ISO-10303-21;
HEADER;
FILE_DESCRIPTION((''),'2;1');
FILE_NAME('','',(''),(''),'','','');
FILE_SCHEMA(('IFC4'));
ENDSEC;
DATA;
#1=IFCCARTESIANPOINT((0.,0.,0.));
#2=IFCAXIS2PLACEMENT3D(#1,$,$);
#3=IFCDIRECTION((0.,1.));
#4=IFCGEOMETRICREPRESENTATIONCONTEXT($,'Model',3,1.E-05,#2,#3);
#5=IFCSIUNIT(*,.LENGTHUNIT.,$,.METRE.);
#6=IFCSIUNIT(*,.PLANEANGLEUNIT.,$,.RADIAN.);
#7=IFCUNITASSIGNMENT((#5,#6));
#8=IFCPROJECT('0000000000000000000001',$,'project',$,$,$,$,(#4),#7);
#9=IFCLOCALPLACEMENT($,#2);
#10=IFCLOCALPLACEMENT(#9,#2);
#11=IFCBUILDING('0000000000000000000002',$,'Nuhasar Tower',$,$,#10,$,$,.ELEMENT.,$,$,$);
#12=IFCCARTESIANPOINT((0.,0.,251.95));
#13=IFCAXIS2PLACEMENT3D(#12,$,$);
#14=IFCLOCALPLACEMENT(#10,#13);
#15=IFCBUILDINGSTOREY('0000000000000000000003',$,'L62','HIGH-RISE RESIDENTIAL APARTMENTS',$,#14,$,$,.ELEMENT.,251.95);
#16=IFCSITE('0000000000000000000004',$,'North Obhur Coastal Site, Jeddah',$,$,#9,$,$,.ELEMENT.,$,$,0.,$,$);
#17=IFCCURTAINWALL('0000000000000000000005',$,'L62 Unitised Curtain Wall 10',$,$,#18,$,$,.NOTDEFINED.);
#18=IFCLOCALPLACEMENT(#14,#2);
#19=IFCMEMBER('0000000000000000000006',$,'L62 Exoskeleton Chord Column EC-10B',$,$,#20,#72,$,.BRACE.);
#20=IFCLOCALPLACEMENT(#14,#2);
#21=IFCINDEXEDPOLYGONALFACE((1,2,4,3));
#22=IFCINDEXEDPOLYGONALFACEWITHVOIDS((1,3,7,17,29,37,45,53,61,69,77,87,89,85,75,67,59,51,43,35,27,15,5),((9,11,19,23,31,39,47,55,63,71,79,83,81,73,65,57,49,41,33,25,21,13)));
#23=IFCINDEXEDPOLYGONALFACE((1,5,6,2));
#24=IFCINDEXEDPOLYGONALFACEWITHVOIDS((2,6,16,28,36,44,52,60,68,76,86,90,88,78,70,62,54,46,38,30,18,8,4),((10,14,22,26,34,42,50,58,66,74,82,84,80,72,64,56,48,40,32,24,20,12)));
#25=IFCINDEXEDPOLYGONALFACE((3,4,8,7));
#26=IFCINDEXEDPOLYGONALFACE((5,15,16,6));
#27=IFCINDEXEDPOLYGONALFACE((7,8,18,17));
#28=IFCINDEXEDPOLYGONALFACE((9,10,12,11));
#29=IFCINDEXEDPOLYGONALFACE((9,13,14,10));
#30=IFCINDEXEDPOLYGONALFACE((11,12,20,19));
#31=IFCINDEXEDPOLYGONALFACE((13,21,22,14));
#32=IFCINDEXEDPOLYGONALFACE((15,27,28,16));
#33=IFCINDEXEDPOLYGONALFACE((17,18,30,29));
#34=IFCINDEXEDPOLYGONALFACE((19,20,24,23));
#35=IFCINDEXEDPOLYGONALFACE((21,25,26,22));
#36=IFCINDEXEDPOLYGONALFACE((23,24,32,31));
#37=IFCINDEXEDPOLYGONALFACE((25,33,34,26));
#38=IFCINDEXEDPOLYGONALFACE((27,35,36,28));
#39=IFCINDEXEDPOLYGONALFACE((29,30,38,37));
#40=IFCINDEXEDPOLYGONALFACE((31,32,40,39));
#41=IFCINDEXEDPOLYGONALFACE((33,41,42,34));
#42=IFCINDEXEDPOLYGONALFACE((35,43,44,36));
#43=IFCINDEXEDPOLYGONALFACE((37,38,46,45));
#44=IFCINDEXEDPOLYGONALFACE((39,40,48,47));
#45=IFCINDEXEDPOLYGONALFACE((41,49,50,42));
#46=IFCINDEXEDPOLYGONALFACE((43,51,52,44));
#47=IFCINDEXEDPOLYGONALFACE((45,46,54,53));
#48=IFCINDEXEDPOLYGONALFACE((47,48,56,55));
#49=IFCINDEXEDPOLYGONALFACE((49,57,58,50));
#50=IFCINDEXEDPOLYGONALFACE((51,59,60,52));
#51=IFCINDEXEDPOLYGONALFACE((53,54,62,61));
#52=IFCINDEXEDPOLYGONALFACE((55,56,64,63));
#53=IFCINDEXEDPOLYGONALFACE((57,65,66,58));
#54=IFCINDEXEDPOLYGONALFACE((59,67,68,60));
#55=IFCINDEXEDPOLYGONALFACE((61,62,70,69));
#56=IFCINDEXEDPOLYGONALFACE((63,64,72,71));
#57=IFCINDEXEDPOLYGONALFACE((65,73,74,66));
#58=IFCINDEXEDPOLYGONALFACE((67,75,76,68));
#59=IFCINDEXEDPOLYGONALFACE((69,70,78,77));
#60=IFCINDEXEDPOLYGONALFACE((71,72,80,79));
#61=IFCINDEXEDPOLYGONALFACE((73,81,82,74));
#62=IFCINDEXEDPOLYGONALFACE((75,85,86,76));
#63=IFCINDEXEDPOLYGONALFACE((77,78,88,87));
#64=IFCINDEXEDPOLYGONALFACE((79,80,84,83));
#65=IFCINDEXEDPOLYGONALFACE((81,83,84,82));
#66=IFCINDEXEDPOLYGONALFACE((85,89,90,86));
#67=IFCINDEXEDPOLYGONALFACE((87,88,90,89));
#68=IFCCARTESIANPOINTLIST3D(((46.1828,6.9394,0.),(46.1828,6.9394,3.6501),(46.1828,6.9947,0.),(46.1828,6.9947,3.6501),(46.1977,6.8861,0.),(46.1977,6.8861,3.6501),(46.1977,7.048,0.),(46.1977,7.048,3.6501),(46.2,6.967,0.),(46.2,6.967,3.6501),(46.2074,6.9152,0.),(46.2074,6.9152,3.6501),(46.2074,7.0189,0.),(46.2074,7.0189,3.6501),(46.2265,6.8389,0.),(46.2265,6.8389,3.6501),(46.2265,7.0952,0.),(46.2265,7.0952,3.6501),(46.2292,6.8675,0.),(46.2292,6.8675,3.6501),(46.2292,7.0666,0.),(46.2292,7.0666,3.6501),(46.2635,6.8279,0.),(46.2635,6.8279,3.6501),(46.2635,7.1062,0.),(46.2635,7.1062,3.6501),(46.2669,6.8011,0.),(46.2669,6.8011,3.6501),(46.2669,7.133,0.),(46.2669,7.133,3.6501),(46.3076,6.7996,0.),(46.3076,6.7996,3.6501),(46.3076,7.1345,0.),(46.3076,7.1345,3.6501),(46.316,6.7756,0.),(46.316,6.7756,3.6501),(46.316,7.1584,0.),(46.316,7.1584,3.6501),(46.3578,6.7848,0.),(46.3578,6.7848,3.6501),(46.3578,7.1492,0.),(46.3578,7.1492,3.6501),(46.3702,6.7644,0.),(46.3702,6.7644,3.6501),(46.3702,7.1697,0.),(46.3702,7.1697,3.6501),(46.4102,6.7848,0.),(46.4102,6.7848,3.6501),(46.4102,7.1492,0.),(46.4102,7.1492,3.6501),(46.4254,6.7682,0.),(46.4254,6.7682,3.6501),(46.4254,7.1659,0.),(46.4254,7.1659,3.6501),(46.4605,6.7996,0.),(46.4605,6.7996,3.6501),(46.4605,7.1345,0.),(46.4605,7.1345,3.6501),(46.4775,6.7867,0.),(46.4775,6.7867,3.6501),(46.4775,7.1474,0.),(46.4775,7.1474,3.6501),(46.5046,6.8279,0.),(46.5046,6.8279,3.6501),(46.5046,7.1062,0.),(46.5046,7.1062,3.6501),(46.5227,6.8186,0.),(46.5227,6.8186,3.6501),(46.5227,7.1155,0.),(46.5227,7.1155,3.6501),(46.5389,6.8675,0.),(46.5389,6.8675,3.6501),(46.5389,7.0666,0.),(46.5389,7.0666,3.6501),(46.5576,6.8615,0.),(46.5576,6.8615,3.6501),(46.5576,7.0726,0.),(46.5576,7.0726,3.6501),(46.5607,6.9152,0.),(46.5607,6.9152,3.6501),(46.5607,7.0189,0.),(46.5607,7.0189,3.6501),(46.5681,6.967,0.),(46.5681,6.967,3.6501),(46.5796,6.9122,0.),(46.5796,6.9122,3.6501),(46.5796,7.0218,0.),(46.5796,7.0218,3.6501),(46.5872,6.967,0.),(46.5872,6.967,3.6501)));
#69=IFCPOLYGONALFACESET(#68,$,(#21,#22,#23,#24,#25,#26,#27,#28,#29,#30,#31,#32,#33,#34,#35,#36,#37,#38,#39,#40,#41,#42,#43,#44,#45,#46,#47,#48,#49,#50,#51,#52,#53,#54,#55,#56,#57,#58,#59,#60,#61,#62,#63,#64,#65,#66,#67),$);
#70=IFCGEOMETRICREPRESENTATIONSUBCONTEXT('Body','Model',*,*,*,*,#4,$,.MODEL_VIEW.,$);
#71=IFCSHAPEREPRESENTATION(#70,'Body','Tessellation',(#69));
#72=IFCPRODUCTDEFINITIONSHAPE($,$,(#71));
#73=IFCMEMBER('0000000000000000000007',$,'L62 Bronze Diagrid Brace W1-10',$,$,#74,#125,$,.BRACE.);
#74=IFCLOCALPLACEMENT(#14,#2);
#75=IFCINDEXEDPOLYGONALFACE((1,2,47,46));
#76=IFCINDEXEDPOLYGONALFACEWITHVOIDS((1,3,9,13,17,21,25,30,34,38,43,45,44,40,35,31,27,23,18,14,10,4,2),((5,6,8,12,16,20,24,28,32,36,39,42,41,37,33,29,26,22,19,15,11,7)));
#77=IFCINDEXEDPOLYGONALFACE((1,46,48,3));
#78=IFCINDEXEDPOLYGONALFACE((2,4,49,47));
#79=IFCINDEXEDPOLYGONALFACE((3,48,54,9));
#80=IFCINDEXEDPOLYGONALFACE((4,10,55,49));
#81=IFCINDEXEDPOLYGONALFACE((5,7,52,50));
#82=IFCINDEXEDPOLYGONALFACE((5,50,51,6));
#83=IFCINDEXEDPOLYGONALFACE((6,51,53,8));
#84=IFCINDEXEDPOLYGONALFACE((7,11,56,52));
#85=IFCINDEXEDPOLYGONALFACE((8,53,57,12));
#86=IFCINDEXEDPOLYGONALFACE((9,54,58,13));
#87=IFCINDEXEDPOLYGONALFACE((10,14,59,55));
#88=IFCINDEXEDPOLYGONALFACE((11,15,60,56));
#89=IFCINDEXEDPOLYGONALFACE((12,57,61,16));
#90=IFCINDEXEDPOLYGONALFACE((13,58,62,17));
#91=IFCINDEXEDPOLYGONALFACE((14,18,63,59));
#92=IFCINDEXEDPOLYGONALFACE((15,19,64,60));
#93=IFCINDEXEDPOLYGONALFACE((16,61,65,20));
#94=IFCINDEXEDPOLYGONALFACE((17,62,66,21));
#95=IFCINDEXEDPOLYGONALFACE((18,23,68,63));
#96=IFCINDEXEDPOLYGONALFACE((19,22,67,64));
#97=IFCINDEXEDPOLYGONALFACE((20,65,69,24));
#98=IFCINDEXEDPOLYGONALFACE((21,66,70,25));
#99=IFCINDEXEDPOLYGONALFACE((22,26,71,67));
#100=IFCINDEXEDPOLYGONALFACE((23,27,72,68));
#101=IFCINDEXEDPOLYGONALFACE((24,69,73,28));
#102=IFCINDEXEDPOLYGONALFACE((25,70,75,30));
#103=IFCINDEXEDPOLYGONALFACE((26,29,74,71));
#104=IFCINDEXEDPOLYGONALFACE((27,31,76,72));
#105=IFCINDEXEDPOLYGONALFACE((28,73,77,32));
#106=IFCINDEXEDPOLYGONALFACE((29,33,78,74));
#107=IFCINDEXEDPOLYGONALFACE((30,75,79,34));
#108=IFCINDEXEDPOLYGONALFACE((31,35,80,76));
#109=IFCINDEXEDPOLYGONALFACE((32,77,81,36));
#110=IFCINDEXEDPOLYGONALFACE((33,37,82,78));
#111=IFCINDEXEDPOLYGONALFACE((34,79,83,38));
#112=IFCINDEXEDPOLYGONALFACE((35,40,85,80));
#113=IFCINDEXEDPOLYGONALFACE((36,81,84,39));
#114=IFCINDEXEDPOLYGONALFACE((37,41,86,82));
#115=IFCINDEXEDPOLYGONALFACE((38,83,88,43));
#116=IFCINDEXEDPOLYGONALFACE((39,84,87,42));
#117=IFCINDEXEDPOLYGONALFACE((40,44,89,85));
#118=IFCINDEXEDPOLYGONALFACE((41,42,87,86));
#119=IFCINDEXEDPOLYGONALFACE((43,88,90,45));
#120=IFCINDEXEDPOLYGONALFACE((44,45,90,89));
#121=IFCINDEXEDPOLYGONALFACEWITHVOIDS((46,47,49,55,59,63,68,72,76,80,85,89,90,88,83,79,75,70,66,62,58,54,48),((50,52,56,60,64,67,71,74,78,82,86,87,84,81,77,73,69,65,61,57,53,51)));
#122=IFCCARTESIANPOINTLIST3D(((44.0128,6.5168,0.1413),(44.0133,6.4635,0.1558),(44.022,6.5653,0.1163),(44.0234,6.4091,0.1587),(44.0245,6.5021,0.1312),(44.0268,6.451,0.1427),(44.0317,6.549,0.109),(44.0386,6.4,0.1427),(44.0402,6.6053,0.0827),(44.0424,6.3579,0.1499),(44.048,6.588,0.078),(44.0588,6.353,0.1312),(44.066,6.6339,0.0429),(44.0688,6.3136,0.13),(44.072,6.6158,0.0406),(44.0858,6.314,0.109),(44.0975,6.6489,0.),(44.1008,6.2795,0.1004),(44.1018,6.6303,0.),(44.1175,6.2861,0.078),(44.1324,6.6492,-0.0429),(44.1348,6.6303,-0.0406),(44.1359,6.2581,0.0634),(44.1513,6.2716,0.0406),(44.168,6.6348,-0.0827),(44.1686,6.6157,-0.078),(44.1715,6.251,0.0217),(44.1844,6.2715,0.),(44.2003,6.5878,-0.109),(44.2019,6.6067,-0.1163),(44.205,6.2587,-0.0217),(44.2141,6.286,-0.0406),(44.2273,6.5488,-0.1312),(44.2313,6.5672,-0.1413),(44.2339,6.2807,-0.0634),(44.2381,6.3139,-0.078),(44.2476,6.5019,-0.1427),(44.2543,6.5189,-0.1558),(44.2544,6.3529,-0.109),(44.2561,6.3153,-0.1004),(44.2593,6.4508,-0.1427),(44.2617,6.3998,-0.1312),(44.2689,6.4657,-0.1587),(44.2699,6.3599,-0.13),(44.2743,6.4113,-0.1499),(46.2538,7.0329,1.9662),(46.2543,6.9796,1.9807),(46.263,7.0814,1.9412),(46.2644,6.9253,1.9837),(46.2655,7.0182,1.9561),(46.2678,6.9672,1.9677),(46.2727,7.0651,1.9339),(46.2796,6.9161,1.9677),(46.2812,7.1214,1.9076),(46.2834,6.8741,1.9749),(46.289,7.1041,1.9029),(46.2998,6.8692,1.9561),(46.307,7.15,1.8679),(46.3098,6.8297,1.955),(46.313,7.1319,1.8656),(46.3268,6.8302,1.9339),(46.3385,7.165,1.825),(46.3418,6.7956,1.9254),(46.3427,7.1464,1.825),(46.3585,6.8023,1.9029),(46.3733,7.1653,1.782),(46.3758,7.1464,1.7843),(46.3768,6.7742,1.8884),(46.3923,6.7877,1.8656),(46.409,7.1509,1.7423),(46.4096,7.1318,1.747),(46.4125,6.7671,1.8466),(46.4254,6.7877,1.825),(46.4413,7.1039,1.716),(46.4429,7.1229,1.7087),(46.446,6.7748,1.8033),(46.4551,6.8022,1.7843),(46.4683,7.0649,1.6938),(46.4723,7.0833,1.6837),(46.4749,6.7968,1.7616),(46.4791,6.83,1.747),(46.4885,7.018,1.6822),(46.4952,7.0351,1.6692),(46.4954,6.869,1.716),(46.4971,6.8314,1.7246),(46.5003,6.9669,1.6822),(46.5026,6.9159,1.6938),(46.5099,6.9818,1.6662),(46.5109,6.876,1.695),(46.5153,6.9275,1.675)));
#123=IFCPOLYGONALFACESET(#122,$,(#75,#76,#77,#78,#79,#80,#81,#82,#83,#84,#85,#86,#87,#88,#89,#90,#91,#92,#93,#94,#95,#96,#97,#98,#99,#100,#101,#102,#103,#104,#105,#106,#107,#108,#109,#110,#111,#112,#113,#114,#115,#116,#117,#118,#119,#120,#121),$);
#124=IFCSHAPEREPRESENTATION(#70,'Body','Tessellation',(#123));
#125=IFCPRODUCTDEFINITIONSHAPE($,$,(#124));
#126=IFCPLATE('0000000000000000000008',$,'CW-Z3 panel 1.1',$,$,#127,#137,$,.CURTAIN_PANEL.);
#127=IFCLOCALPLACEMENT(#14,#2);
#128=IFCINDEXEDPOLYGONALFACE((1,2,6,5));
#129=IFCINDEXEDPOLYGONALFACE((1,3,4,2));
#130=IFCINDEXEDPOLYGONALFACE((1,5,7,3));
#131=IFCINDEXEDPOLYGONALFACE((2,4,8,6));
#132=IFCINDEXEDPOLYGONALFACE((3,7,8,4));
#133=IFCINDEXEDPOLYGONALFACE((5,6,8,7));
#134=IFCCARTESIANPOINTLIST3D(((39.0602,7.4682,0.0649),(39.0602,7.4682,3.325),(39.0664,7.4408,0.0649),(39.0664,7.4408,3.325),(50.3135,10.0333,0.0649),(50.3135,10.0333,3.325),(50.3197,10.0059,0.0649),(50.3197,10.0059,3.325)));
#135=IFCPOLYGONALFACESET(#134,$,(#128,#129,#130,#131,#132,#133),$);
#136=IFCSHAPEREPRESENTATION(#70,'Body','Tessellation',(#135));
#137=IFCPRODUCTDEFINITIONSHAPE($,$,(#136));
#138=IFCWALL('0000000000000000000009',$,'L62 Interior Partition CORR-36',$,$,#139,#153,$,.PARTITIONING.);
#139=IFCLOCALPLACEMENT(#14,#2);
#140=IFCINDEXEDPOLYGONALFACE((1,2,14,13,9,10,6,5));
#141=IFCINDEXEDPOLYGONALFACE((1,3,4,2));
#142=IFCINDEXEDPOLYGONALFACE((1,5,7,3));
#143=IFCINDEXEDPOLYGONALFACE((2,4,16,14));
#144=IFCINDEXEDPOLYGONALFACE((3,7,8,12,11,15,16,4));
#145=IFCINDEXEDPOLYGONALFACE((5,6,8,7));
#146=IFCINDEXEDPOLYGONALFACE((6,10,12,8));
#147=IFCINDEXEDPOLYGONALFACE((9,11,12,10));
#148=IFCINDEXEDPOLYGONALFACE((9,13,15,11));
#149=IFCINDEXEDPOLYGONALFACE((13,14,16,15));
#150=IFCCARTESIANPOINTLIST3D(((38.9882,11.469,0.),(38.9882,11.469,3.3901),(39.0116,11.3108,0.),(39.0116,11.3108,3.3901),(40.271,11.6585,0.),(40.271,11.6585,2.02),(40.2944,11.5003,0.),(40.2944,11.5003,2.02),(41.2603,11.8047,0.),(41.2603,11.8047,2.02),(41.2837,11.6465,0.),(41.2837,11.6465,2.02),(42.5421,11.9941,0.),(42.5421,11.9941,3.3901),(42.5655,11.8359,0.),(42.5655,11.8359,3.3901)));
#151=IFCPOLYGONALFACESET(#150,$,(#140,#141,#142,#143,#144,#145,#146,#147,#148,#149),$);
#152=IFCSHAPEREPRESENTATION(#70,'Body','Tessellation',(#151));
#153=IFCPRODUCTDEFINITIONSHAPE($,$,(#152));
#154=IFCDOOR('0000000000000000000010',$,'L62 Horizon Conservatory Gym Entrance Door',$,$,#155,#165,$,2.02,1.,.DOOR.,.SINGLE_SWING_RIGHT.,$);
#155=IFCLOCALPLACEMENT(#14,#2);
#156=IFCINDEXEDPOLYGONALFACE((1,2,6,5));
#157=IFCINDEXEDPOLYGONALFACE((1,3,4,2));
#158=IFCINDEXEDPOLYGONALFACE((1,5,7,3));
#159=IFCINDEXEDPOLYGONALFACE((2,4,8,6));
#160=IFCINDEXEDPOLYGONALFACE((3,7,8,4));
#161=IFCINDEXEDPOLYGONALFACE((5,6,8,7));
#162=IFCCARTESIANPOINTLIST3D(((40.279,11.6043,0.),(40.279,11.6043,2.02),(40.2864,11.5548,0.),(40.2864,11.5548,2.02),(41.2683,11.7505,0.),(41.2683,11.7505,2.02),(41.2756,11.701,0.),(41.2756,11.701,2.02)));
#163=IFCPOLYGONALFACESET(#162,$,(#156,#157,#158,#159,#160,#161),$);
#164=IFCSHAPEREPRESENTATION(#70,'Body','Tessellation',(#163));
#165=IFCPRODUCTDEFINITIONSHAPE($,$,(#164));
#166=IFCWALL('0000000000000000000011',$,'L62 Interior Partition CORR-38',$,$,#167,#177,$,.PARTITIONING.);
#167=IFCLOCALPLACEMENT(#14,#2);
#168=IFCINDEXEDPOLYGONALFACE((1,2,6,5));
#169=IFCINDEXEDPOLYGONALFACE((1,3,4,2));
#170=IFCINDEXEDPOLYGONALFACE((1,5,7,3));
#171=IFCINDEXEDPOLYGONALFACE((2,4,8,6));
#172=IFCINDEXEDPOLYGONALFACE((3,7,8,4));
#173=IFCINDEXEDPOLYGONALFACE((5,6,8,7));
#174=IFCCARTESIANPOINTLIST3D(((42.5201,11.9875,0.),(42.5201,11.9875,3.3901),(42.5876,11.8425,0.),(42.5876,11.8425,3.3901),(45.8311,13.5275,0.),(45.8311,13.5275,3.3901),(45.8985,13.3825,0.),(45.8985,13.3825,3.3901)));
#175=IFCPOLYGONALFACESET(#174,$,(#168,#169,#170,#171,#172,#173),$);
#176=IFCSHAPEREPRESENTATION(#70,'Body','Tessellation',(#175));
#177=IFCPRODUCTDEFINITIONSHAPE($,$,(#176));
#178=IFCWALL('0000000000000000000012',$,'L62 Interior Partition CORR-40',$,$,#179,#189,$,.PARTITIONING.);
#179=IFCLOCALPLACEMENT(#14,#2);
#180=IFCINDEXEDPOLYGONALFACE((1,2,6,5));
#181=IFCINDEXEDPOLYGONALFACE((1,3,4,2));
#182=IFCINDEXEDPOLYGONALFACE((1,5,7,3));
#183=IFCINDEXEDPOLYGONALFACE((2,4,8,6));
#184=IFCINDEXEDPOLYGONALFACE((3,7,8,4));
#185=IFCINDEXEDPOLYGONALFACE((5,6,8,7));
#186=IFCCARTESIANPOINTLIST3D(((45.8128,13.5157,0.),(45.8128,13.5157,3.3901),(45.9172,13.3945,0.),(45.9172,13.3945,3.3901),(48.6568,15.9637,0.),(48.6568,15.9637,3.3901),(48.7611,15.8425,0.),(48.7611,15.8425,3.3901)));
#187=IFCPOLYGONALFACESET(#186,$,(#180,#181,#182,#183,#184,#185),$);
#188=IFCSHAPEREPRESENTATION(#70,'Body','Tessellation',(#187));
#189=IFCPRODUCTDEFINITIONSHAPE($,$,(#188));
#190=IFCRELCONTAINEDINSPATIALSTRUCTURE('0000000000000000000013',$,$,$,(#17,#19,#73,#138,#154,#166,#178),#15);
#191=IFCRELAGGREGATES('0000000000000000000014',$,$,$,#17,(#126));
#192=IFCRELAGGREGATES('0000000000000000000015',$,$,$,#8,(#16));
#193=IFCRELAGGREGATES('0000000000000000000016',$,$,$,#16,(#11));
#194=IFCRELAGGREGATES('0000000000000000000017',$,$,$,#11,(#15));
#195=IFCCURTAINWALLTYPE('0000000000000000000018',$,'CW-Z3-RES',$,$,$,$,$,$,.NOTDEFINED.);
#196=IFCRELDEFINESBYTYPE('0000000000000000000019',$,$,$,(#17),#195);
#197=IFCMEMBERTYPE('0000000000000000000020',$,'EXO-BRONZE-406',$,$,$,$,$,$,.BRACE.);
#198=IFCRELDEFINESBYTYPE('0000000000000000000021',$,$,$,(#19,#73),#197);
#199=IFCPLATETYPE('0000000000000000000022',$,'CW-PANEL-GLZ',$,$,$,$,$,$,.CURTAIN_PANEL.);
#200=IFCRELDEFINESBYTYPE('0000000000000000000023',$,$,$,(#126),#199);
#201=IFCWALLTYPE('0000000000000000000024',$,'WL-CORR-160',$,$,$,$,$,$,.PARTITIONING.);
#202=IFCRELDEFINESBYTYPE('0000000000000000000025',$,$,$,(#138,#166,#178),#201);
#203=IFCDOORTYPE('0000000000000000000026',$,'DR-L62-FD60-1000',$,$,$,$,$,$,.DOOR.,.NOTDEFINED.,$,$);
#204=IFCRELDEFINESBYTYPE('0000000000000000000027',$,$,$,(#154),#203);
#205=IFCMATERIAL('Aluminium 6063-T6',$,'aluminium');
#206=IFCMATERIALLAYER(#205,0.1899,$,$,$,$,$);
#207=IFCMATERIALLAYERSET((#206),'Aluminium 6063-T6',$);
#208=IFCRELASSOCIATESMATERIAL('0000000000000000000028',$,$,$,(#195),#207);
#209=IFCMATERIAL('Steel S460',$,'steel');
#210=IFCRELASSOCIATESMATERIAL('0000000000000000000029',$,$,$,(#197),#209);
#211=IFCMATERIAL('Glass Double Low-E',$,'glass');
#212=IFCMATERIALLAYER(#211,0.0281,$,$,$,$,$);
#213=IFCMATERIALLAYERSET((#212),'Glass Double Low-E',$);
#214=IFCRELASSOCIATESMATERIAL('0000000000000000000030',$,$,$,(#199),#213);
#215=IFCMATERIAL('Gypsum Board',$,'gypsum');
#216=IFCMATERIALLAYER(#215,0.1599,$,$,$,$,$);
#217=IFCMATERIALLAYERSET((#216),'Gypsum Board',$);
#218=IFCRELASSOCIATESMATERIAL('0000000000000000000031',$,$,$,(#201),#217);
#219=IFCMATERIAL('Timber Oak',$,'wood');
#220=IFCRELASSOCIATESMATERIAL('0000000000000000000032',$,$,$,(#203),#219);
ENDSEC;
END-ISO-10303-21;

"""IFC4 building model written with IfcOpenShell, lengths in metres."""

from ifc_helpers import new_model, si_unit, direction, frame, frame_2d, origin, origin_2d, place, context, subcontext, project, spatial, rectangle, hollow_circle, extrude, material, layer, layer_set, material_profile, profile_set, type_object, element, fill, aggregate, save


model = new_model("IFC4")

# Units and contexts
model_context = context("Model", 3, precision=1e-05, world=origin(), true_north=direction((0.0, 1.0)))
body_context = subcontext(model_context, "Body", "Model", "MODEL_VIEW")
ifc_project = project(units=[si_unit("LENGTHUNIT", "METRE"), si_unit("PLANEANGLEUNIT", "RADIAN")], contexts=[model_context])

# Site, building, storey
site_placement = place(None, origin())
site = spatial("IfcSite", under=ifc_project, at=site_placement, Name="North Obhur Coastal Site, Jeddah", CompositionType="ELEMENT", RefElevation=0.0)
building_placement = place(site_placement, origin())
building = spatial("IfcBuilding", under=site, at=building_placement, Name="Nuhasar Tower", CompositionType="ELEMENT")
storey_placement = place(building_placement, frame((0.0, 0.0, 251.95)))
storey = spatial("IfcBuildingStorey", under=building, at=storey_placement, Name="L62", Description="HIGH-RISE RESIDENTIAL APARTMENTS", CompositionType="ELEMENT", Elevation=251.95)

# Shared definitions
ifc_material_1 = material(Name="Aluminium 6063-T6", Category="aluminium")
ifc_layer_1 = layer(ifc_material_1, 0.1899)
ifc_layer_set_1 = layer_set([ifc_layer_1], Name="Aluminium 6063-T6")
curtain_wall_type = type_object("IfcCurtainWallType", Name="CW-Z3-RES", PredefinedType="NOTDEFINED", material=ifc_layer_set_1)

# Curtain wall
curtain_wall_1_placement = place(storey_placement, origin())
curtain_wall_1 = element("IfcCurtainWall", 1, at=curtain_wall_1_placement, inside=storey, type_object=curtain_wall_type, Name="L62 Unitised Curtain Wall 10", PredefinedType="NOTDEFINED")

# Members
ifc_material_2 = material(Name="Steel S460", Category="steel")
ifc_material_profile_1 = material_profile(ifc_material_2, hollow_circle(Radius=0.2031, WallThickness=0.019, at=origin_2d()), Name="HSS406.4X19.1")
ifc_profile_set_1 = profile_set([ifc_material_profile_1], Name="Steel S460")
member_type_1 = type_object("IfcMemberType", Name="EXO-BRONZE-406", PredefinedType="BRACE", material=ifc_profile_set_1)
for number, where, z_axis, x_axis, name in (
    (2, (46.384, 6.967, 0.0), (0.0, 0.0, 1.0), (1.0, 0.0, 0.0), "L62 Exoskeleton Chord Column EC-10B"),
):
    element("IfcMember", number, at=place(storey_placement, frame(where, z_axis=z_axis, x_axis=x_axis)), inside=storey, type_object=member_type_1, Name=name, PredefinedType="BRACE", context=body_context, shape_type="SweptSolid", body=[
        extrude(hollow_circle(Radius=0.2031, WallThickness=0.019, at=origin_2d()), origin(), (0.0, 0.0, 1.0), 3.6501),
    ])
member_1_placement = place(storey_placement, frame((44.1431, 6.4509, 0.0), z_axis=(0.763332, 0.175802, 0.621626), x_axis=(-0.224433, 0.97449, 0.0)))
element("IfcMember", 3, at=member_1_placement, inside=storey, type_object=member_type_1, Name="L62 Bronze Diagrid Brace W1-10", PredefinedType="BRACE", context=body_context, shape_type="SweptSolid", body=[
    extrude(hollow_circle(Radius=0.2031, WallThickness=0.019, at=origin_2d()), origin(), (0.0, 0.0, 1.0), 2.9358),
])

# Plate
ifc_material_3 = material(Name="Glass Double Low-E", Category="glass")
ifc_layer_2 = layer(ifc_material_3, 0.0281)
ifc_layer_set_2 = layer_set([ifc_layer_2], Name="Glass Double Low-E")
plate_type = type_object("IfcPlateType", Name="CW-PANEL-GLZ", PredefinedType="CURTAIN_PANEL", material=ifc_layer_set_2)
plate_placement = place(storey_placement, frame((44.6899, 8.7371, 0.0649), z_axis=(0.0, 0.0, 1.0), x_axis=(0.974991, 0.222243, 0.0)))
plate = element("IfcPlate", 4, at=plate_placement, type_object=plate_type, Name="CW-Z3 panel 1.1", PredefinedType="CURTAIN_PANEL", context=body_context, shape_type="SweptSolid", body=[
    extrude(rectangle(XDim=11.542, YDim=0.0281, at=origin_2d()), origin(), (0.0, 0.0, 1.0), 3.26),
])
aggregate(curtain_wall_1, [plate])

# Wall, opening, door
ifc_material_4 = material(Name="Gypsum Board", Category="gypsum")
ifc_layer_3 = layer(ifc_material_4, 0.1599)
ifc_layer_set_3 = layer_set([ifc_layer_3], Name="Gypsum Board")
wall_type_1 = type_object("IfcWallType", Name="WL-CORR-160", PredefinedType="PARTITIONING", material=ifc_layer_set_3)
wall_1_placement = place(storey_placement, frame((42.554, 11.915, 0.0), z_axis=(0.0, 0.0, 1.0), x_axis=(-0.989258, -0.146177, 0.0)))
wall_1 = element("IfcWall", 5, at=wall_1_placement, inside=storey, type_object=wall_type_1, Name="L62 Interior Partition CORR-36", PredefinedType="PARTITIONING", context=body_context, shape_type="SweptSolid", body=[
    extrude(rectangle(XDim=3.5925, YDim=0.1599, at=frame_2d((1.7964, 0.0))), origin(), (0.0, 0.0, 1.0), 3.3901),
])
opening_1_placement = place(wall_1_placement, frame((1.2959, 0.0, 0.0)))
opening_1 = element("IfcOpeningElement", 6, at=opening_1_placement, cuts=wall_1, PredefinedType="OPENING", context=body_context, shape_type="SweptSolid", body=[
    extrude(rectangle(XDim=1.0, YDim=2.02, at=frame_2d((0.5, 1.01))), frame((0.0, 0.0898, 0.0), z_axis=(0.0, -1.0, 0.0), x_axis=(1.0, 0.0, 0.0)), (0.0, 0.0, 1.0), 0.1799),
])
ifc_material_5 = material(Name="Timber Oak", Category="wood")
door_type_1 = type_object("IfcDoorType", Name="DR-L62-FD60-1000", OperationType="NOTDEFINED", PredefinedType="DOOR", material=ifc_material_5)
door_1_placement = place(opening_1_placement, origin())
door_1 = element("IfcDoor", 7, at=door_1_placement, inside=storey, type_object=door_type_1, Name="L62 Horizon Conservatory Gym Entrance Door", OperationType="SINGLE_SWING_RIGHT", OverallHeight=2.02, OverallWidth=1.0, PredefinedType="DOOR", context=body_context, shape_type="SweptSolid", body=[
    extrude(rectangle(XDim=1.0, YDim=2.02, at=frame_2d((0.5, 1.01))), frame((0.0, 0.0249, 0.0), z_axis=(0.0, -1.0, 0.0), x_axis=(1.0, 0.0, 0.0)), (0.0, 0.0, 1.0), 0.05),
])
fill(opening_1, door_1)

# Walls
wall_2_placement = place(storey_placement, frame((42.554, 11.915, 0.0), z_axis=(0.0, 0.0, 1.0), x_axis=(0.906719, 0.421736, 0.0)))
element("IfcWall", 8, at=wall_2_placement, inside=storey, type_object=wall_type_1, Name="L62 Interior Partition CORR-38", PredefinedType="PARTITIONING", context=body_context, shape_type="SweptSolid", body=[
    extrude(rectangle(XDim=3.6516, YDim=0.1599, at=frame_2d((1.8257, 0.0))), origin(), (0.0, 0.0, 1.0), 3.3901),
])
wall_3_placement = place(storey_placement, frame((45.865, 13.4551, 0.0), z_axis=(0.0, 0.0, 1.0), x_axis=(0.7579, 0.652371, 0.0)))
element("IfcWall", 9, at=wall_3_placement, inside=storey, type_object=wall_type_1, Name="L62 Interior Partition CORR-40", PredefinedType="PARTITIONING", context=body_context, shape_type="SweptSolid", body=[
    extrude(rectangle(XDim=3.7524, YDim=0.1599, at=frame_2d((1.8762, 0.0))), origin(), (0.0, 0.0, 1.0), 3.3901),
])

save(model, "model.ifc")
